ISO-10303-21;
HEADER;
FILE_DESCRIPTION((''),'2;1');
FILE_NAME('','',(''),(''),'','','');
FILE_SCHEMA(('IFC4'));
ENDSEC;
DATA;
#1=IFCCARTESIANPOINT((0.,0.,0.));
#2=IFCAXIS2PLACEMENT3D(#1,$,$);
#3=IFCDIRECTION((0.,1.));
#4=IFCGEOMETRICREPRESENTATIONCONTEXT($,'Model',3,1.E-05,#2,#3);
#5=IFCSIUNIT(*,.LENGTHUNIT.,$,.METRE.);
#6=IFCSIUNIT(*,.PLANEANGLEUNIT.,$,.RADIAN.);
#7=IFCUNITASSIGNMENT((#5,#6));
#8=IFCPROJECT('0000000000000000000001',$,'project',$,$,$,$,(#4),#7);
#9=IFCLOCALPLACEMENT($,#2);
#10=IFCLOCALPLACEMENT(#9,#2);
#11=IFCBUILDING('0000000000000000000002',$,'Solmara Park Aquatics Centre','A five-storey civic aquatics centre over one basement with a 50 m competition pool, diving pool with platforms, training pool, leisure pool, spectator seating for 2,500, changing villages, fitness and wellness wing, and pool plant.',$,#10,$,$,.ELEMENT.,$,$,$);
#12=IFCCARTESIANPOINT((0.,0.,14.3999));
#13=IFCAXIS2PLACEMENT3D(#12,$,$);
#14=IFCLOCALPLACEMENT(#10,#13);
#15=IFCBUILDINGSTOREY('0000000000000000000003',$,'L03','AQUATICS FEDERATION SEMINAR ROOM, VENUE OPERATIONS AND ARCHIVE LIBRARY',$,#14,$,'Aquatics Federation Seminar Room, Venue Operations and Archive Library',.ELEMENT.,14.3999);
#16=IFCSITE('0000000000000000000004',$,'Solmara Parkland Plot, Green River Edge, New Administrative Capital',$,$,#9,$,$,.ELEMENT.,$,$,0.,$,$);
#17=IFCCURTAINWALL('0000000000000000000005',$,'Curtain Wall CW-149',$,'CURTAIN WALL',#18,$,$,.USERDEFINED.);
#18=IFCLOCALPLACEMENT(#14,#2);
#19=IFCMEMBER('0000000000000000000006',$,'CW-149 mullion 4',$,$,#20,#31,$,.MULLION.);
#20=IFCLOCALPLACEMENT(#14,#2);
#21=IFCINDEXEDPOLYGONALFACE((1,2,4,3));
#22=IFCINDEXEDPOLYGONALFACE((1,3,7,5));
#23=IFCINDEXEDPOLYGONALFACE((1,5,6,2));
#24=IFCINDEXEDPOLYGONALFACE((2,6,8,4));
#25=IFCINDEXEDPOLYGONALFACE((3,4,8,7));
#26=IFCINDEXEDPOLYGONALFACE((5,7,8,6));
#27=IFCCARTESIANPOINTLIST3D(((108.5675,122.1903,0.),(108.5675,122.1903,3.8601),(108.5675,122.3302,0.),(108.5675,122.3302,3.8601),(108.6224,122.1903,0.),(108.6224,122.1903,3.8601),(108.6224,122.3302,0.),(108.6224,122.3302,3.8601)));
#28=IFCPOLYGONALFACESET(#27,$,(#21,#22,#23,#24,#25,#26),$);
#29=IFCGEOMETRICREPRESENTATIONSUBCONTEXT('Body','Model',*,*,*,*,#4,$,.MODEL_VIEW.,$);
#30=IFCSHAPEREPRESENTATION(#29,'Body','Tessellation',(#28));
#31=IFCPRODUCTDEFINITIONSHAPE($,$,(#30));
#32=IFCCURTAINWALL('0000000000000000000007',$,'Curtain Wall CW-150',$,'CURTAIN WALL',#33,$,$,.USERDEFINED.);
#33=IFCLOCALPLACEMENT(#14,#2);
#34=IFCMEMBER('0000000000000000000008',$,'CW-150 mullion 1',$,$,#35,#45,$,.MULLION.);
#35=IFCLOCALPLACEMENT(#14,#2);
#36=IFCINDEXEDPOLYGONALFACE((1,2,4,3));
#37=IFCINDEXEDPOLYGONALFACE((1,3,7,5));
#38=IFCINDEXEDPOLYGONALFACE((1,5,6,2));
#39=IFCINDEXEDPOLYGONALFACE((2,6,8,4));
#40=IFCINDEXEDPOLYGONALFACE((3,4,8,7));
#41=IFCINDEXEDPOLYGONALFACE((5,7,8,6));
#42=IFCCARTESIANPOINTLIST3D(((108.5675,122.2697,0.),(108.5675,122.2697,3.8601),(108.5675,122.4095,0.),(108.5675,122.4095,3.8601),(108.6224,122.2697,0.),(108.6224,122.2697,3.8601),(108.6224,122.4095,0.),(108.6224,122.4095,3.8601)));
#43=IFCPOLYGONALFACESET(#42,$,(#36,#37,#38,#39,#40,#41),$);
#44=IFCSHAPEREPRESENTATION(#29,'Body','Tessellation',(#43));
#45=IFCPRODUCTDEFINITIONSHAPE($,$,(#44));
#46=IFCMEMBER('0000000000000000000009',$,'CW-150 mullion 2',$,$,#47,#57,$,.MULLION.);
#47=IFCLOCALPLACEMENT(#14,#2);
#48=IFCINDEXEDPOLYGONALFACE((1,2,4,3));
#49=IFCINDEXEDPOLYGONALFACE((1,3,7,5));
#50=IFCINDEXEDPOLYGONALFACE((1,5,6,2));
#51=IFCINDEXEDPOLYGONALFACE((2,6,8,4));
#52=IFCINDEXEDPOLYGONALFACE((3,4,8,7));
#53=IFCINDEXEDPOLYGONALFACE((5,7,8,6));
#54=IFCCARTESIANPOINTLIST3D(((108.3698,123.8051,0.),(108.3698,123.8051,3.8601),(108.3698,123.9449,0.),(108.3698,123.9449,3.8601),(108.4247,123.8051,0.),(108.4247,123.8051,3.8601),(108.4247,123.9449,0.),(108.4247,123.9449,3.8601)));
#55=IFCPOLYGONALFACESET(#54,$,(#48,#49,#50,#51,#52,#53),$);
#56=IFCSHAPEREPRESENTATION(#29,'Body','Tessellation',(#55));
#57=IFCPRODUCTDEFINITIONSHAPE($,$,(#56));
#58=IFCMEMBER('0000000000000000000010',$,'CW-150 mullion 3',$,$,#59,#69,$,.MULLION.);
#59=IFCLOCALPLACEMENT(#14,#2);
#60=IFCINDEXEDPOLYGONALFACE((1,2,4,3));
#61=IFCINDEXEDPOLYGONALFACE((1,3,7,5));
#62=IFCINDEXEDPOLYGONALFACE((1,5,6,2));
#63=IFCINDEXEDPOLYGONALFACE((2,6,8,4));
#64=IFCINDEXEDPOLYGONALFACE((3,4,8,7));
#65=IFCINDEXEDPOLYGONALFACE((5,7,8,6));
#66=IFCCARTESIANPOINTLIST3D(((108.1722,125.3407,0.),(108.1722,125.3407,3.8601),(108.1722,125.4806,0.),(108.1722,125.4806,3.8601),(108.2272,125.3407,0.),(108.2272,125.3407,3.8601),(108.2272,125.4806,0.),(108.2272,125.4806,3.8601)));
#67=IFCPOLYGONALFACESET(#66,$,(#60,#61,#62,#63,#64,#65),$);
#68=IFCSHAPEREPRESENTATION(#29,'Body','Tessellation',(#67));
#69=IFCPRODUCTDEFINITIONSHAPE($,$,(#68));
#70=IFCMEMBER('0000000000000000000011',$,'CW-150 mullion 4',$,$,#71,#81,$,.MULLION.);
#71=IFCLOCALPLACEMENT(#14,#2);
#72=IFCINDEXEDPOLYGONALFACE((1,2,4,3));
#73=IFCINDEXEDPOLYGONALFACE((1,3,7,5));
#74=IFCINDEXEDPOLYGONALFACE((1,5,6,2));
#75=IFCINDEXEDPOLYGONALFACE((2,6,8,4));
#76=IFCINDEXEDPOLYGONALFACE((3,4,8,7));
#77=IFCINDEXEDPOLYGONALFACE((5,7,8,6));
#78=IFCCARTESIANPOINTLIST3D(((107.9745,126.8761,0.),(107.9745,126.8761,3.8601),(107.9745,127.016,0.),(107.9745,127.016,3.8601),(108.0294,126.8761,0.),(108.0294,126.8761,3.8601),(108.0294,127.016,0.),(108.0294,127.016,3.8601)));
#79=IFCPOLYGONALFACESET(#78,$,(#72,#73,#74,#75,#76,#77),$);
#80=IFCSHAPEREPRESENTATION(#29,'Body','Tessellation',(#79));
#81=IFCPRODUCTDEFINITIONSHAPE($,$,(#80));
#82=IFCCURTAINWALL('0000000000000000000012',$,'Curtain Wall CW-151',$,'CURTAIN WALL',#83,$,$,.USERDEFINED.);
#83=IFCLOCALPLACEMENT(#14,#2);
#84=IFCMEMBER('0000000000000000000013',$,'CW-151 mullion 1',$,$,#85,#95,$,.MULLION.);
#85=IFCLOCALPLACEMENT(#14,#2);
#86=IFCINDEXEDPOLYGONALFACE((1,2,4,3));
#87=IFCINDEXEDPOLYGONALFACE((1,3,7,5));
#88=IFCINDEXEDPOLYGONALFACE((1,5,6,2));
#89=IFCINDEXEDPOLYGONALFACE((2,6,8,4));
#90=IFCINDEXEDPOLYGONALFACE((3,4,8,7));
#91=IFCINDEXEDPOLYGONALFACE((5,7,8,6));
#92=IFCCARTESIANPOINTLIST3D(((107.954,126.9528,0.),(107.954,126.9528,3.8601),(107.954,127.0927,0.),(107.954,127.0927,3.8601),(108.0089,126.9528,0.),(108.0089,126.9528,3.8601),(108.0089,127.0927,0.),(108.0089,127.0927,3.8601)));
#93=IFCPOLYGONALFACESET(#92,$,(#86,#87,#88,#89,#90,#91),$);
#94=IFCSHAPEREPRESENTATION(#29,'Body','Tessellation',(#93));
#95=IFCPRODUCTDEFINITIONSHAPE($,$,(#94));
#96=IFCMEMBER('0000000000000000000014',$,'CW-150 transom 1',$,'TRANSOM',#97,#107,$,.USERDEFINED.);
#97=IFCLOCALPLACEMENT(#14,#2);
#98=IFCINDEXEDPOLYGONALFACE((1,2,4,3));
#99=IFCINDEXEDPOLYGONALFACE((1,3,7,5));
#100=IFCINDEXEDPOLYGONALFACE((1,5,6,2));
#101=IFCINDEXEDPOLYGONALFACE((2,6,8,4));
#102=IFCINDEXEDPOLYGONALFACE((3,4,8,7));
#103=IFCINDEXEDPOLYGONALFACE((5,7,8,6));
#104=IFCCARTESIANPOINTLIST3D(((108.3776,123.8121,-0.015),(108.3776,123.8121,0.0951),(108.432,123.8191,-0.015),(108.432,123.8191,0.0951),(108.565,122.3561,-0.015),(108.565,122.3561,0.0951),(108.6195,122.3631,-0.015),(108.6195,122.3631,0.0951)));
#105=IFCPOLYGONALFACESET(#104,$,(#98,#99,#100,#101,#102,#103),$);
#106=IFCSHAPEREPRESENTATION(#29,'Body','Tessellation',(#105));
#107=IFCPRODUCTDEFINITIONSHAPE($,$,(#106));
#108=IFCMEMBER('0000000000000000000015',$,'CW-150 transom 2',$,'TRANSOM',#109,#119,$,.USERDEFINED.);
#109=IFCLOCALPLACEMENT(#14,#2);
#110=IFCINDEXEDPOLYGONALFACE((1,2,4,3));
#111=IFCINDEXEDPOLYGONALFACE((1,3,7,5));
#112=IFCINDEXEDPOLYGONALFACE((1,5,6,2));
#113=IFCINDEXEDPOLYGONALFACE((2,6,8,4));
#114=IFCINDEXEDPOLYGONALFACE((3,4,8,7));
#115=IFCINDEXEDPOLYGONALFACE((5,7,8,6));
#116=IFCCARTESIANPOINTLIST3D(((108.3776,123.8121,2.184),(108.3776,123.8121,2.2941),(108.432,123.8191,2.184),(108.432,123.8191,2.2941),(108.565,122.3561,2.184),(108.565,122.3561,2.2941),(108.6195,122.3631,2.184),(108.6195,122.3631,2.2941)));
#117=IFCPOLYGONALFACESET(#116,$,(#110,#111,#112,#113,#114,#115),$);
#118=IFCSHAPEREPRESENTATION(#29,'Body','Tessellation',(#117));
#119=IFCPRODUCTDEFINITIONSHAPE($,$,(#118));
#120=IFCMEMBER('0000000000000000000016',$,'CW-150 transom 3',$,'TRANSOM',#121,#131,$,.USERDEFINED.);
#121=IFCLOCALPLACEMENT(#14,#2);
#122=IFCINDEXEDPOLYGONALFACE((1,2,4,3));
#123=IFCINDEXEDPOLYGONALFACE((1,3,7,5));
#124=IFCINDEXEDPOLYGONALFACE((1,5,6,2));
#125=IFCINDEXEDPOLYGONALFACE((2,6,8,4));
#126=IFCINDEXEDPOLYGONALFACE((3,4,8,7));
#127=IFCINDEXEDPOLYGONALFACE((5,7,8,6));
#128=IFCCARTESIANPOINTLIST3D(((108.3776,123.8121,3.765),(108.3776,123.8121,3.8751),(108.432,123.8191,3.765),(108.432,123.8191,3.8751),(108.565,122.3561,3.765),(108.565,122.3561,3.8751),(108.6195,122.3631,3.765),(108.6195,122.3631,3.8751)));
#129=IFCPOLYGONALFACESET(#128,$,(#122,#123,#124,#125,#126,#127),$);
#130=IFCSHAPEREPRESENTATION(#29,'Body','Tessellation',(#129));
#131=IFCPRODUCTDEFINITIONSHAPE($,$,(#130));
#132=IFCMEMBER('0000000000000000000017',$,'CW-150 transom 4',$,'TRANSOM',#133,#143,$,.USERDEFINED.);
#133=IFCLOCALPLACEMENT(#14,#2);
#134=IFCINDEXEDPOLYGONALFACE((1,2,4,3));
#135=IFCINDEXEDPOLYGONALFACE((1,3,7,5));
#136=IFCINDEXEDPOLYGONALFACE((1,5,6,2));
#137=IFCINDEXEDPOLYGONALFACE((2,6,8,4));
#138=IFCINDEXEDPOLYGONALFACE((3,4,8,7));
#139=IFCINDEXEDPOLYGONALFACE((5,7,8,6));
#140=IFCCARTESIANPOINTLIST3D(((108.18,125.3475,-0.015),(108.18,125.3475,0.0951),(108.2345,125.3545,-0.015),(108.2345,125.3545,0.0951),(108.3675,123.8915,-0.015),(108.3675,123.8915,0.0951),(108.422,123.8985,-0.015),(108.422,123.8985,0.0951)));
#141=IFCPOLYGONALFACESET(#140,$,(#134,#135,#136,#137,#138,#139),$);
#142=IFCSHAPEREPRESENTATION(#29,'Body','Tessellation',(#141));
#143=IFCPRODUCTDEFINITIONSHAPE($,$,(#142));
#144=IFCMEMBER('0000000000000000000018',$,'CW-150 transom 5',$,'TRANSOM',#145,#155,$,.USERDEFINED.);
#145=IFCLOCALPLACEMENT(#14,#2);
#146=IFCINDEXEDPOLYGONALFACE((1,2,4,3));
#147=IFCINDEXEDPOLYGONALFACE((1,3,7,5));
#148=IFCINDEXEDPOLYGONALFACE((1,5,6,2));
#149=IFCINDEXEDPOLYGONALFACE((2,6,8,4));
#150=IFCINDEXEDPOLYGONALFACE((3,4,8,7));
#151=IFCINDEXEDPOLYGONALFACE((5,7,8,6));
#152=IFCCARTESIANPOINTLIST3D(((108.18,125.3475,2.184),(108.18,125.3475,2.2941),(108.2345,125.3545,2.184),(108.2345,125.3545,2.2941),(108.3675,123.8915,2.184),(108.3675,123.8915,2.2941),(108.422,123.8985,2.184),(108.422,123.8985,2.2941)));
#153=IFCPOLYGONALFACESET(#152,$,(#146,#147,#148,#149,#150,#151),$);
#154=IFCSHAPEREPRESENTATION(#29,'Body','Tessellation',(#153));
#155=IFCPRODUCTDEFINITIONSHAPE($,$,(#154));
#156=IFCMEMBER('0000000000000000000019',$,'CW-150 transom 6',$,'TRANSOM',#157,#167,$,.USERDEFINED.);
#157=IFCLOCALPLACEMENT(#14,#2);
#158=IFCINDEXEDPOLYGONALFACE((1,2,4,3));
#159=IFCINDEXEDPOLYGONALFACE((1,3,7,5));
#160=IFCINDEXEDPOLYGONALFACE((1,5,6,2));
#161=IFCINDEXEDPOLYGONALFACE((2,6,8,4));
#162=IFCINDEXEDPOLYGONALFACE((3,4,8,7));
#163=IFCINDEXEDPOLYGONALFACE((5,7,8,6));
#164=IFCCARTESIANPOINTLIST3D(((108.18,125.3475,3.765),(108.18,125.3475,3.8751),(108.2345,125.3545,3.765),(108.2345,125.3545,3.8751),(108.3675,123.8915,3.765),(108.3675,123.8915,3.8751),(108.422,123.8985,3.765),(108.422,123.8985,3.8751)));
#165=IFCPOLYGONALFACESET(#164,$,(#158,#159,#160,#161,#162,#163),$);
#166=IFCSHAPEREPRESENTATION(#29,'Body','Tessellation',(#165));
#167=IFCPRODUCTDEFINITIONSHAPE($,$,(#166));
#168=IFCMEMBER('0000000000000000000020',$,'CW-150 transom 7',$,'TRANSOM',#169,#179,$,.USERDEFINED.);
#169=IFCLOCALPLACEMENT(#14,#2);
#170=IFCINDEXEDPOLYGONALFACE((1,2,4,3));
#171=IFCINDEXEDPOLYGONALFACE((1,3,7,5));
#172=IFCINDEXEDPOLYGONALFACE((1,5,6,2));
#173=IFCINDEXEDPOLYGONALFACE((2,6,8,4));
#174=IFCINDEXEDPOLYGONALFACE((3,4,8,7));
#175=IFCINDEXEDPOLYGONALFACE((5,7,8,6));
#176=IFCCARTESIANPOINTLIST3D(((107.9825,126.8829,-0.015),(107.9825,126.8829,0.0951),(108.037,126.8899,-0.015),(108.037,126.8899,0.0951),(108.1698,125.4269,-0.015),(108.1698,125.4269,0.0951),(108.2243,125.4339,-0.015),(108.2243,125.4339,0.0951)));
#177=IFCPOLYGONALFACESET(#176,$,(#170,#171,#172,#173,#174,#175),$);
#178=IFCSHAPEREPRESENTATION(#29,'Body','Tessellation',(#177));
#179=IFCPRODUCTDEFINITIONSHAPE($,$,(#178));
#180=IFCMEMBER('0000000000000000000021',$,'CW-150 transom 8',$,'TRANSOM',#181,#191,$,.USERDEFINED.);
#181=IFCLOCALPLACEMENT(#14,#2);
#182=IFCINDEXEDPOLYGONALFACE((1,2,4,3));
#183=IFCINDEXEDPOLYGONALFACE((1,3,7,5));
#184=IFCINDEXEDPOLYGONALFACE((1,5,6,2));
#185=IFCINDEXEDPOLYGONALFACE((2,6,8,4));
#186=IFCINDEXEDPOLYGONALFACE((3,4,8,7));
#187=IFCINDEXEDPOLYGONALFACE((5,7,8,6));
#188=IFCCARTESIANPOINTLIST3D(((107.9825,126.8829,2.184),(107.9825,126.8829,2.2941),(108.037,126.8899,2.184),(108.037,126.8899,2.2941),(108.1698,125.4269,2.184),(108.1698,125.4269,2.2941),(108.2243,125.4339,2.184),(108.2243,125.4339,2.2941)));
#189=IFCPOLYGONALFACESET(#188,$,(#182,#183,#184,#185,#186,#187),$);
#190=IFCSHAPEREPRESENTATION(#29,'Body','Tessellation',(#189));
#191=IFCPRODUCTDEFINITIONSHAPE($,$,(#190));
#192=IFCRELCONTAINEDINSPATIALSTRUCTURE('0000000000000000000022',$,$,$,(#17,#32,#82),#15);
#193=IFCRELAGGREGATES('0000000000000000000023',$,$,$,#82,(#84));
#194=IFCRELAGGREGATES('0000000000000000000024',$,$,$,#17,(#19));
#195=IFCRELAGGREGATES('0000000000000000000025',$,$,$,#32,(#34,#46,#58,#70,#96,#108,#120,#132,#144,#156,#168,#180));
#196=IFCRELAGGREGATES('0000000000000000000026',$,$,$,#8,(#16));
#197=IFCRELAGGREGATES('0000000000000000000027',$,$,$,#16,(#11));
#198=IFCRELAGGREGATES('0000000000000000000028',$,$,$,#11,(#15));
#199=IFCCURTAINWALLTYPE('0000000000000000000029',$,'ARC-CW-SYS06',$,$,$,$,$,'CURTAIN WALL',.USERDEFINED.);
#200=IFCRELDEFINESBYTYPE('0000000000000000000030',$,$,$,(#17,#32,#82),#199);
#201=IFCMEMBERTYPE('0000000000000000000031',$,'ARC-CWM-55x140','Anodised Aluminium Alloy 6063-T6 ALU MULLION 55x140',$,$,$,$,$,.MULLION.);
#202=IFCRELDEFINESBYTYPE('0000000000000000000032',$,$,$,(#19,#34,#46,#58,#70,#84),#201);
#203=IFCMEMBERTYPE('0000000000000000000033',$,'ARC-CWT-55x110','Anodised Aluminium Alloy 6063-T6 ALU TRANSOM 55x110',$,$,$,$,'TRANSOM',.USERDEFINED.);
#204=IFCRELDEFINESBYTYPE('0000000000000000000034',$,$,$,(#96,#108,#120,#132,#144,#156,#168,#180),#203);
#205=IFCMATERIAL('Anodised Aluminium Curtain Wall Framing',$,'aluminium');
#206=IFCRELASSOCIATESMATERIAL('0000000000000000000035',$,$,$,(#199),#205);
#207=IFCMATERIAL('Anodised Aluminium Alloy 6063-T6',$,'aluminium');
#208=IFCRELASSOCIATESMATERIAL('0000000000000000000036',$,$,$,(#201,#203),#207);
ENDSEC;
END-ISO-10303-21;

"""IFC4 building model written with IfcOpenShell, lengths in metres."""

from ifc_helpers import new_model, si_unit, direction, frame, origin, origin_2d, place, context, subcontext, project, spatial, rectangle, extrude, material, material_profile, profile_set, type_object, element, aggregate, save


model = new_model("IFC4")

# Units and contexts
model_context = context("Model", 3, precision=1e-05, world=origin(), true_north=direction((0.0, 1.0)))
body_context = subcontext(model_context, "Body", "Model", "MODEL_VIEW")
ifc_project = project(units=[si_unit("LENGTHUNIT", "METRE"), si_unit("PLANEANGLEUNIT", "RADIAN")], contexts=[model_context])

# Site, building, storey
site_placement = place(None, origin())
site = spatial("IfcSite", under=ifc_project, at=site_placement, Name="Solmara Parkland Plot, Green River Edge, New Administrative Capital", CompositionType="ELEMENT", RefElevation=0.0)
building_placement = place(site_placement, origin())
building = spatial("IfcBuilding", under=site, at=building_placement, Name="Solmara Park Aquatics Centre", Description="A five-storey civic aquatics centre over one basement with a 50 m competition pool, diving pool with platforms, training pool, leisure pool, spectator seating for 2,500, changing villages, fitness and wellness wing, and pool plant.", CompositionType="ELEMENT")
storey_placement = place(building_placement, frame((0.0, 0.0, 14.3999)))
storey = spatial("IfcBuildingStorey", under=building, at=storey_placement, Name="L03", Description="AQUATICS FEDERATION SEMINAR ROOM, VENUE OPERATIONS AND ARCHIVE LIBRARY", LongName="Aquatics Federation Seminar Room, Venue Operations and Archive Library", CompositionType="ELEMENT", Elevation=14.3999)

# Curtain wall, member
ifc_material_1 = material(Name="Anodised Aluminium Curtain Wall Framing", Category="aluminium")
curtain_wall_type = type_object("IfcCurtainWallType", Name="ARC-CW-SYS06", ElementType="CURTAIN WALL", PredefinedType="USERDEFINED", material=ifc_material_1)
curtain_wall_1_placement = place(storey_placement, origin())
curtain_wall_1 = element("IfcCurtainWall", 1, at=curtain_wall_1_placement, inside=storey, type_object=curtain_wall_type, Name="Curtain Wall CW-149", ObjectType="CURTAIN WALL", PredefinedType="USERDEFINED")
ifc_material_2 = material(Name="Anodised Aluminium Alloy 6063-T6", Category="aluminium")
ifc_material_profile_1 = material_profile(ifc_material_2, rectangle(XDim=0.0549, YDim=0.1399, at=origin_2d()), Name="ALU MULLION 55x140")
ifc_profile_set_1 = profile_set([ifc_material_profile_1], Name="Anodised Aluminium Alloy 6063-T6")
member_type_1 = type_object("IfcMemberType", Name="ARC-CWM-55x140", Description="Anodised Aluminium Alloy 6063-T6 ALU MULLION 55x140", PredefinedType="MULLION", material=ifc_profile_set_1)
member_1_placement = place(storey_placement, frame((108.595, 122.2603, 0.0), z_axis=(0.0, 0.0, 1.0), x_axis=(1.0, 0.0, 0.0)))
member_1 = element("IfcMember", 2, at=member_1_placement, type_object=member_type_1, Name="CW-149 mullion 4", PredefinedType="MULLION", context=body_context, shape_type="SweptSolid", body=[
    extrude(rectangle(XDim=0.0549, YDim=0.1399, at=origin_2d()), origin(), (0.0, 0.0, 1.0), 3.8601),
])

# Curtain wall, members
curtain_wall_2_placement = place(storey_placement, origin())
curtain_wall_2 = element("IfcCurtainWall", 3, at=curtain_wall_2_placement, inside=storey, type_object=curtain_wall_type, Name="Curtain Wall CW-150", ObjectType="CURTAIN WALL", PredefinedType="USERDEFINED")
member_2_placement = place(storey_placement, frame((108.595, 122.3396, 0.0), z_axis=(0.0, 0.0, 1.0), x_axis=(1.0, 0.0, 0.0)))
member_2 = element("IfcMember", 4, at=member_2_placement, type_object=member_type_1, Name="CW-150 mullion 1", PredefinedType="MULLION", context=body_context, shape_type="SweptSolid", body=[
    extrude(rectangle(XDim=0.0549, YDim=0.1399, at=origin_2d()), origin(), (0.0, 0.0, 1.0), 3.8601),
])
member_3_placement = place(storey_placement, frame((108.3972, 123.875, 0.0), z_axis=(0.0, 0.0, 1.0), x_axis=(1.0, 0.0, 0.0)))
member_3 = element("IfcMember", 5, at=member_3_placement, type_object=member_type_1, Name="CW-150 mullion 2", PredefinedType="MULLION", context=body_context, shape_type="SweptSolid", body=[
    extrude(rectangle(XDim=0.0549, YDim=0.1399, at=origin_2d()), origin(), (0.0, 0.0, 1.0), 3.8601),
])
member_4_placement = place(storey_placement, frame((108.1997, 125.4106, 0.0), z_axis=(0.0, 0.0, 1.0), x_axis=(1.0, 0.0, 0.0)))
member_4 = element("IfcMember", 6, at=member_4_placement, type_object=member_type_1, Name="CW-150 mullion 3", PredefinedType="MULLION", context=body_context, shape_type="SweptSolid", body=[
    extrude(rectangle(XDim=0.0549, YDim=0.1399, at=origin_2d()), origin(), (0.0, 0.0, 1.0), 3.8601),
])
member_5_placement = place(storey_placement, frame((108.002, 126.946, 0.0), z_axis=(0.0, 0.0, 1.0), x_axis=(1.0, 0.0, 0.0)))
member_5 = element("IfcMember", 7, at=member_5_placement, type_object=member_type_1, Name="CW-150 mullion 4", PredefinedType="MULLION", context=body_context, shape_type="SweptSolid", body=[
    extrude(rectangle(XDim=0.0549, YDim=0.1399, at=origin_2d()), origin(), (0.0, 0.0, 1.0), 3.8601),
])

# Curtain wall, member
curtain_wall_3_placement = place(storey_placement, origin())
curtain_wall_3 = element("IfcCurtainWall", 8, at=curtain_wall_3_placement, inside=storey, type_object=curtain_wall_type, Name="Curtain Wall CW-151", ObjectType="CURTAIN WALL", PredefinedType="USERDEFINED")
member_6_placement = place(storey_placement, frame((107.9814, 127.0227, 0.0), z_axis=(0.0, 0.0, 1.0), x_axis=(1.0, 0.0, 0.0)))
member_6 = element("IfcMember", 9, at=member_6_placement, type_object=member_type_1, Name="CW-151 mullion 1", PredefinedType="MULLION", context=body_context, shape_type="SweptSolid", body=[
    extrude(rectangle(XDim=0.0549, YDim=0.1399, at=origin_2d()), origin(), (0.0, 0.0, 1.0), 3.8601),
])
aggregate(curtain_wall_3, [member_6])

# Members
ifc_material_profile_2 = material_profile(ifc_material_2, rectangle(XDim=0.0549, YDim=0.1101, at=origin_2d()), Name="ALU TRANSOM 55x110")
ifc_profile_set_2 = profile_set([ifc_material_profile_2], Name="Anodised Aluminium Alloy 6063-T6")
member_type_2 = type_object("IfcMemberType", Name="ARC-CWT-55x110", Description="Anodised Aluminium Alloy 6063-T6 ALU TRANSOM 55x110", ElementType="TRANSOM", PredefinedType="USERDEFINED", material=ifc_profile_set_2)
member_7_placement = place(storey_placement, frame((108.5923, 122.3596, 0.04), z_axis=(-0.127718, 0.991811, 0.0), x_axis=(-0.991811, -0.127718, 0.0)))
member_7 = element("IfcMember", 10, at=member_7_placement, type_object=member_type_2, Name="CW-150 transom 1", ObjectType="TRANSOM", PredefinedType="USERDEFINED", context=body_context, shape_type="SweptSolid", body=[
    extrude(rectangle(XDim=0.0549, YDim=0.1101, at=origin_2d()), origin(), (0.0, 0.0, 1.0), 1.468),
])
member_8_placement = place(storey_placement, frame((108.5923, 122.3596, 2.239), z_axis=(-0.127718, 0.991811, 0.0), x_axis=(-0.991811, -0.127718, 0.0)))
member_8 = element("IfcMember", 11, at=member_8_placement, type_object=member_type_2, Name="CW-150 transom 2", ObjectType="TRANSOM", PredefinedType="USERDEFINED", context=body_context, shape_type="SweptSolid", body=[
    extrude(rectangle(XDim=0.0549, YDim=0.1101, at=origin_2d()), origin(), (0.0, 0.0, 1.0), 1.468),
])
member_9_placement = place(storey_placement, frame((108.5923, 122.3596, 3.8201), z_axis=(-0.127718, 0.991811, 0.0), x_axis=(-0.991811, -0.127718, 0.0)))
member_9 = element("IfcMember", 12, at=member_9_placement, type_object=member_type_2, Name="CW-150 transom 3", ObjectType="TRANSOM", PredefinedType="USERDEFINED", context=body_context, shape_type="SweptSolid", body=[
    extrude(rectangle(XDim=0.0549, YDim=0.1101, at=origin_2d()), origin(), (0.0, 0.0, 1.0), 1.468),
])
member_10_placement = place(storey_placement, frame((108.3948, 123.895, 0.04), z_axis=(-0.127718, 0.991811, 0.0), x_axis=(-0.991811, -0.127718, 0.0)))
member_10 = element("IfcMember", 13, at=member_10_placement, type_object=member_type_2, Name="CW-150 transom 4", ObjectType="TRANSOM", PredefinedType="USERDEFINED", context=body_context, shape_type="SweptSolid", body=[
    extrude(rectangle(XDim=0.0549, YDim=0.1101, at=origin_2d()), origin(), (0.0, 0.0, 1.0), 1.468),
])
member_11_placement = place(storey_placement, frame((108.3948, 123.895, 2.239), z_axis=(-0.127718, 0.991811, 0.0), x_axis=(-0.991811, -0.127718, 0.0)))
member_11 = element("IfcMember", 14, at=member_11_placement, type_object=member_type_2, Name="CW-150 transom 5", ObjectType="TRANSOM", PredefinedType="USERDEFINED", context=body_context, shape_type="SweptSolid", body=[
    extrude(rectangle(XDim=0.0549, YDim=0.1101, at=origin_2d()), origin(), (0.0, 0.0, 1.0), 1.468),
])
member_12_placement = place(storey_placement, frame((108.3948, 123.895, 3.8201), z_axis=(-0.127718, 0.991811, 0.0), x_axis=(-0.991811, -0.127718, 0.0)))
member_12 = element("IfcMember", 15, at=member_12_placement, type_object=member_type_2, Name="CW-150 transom 6", ObjectType="TRANSOM", PredefinedType="USERDEFINED", context=body_context, shape_type="SweptSolid", body=[
    extrude(rectangle(XDim=0.0549, YDim=0.1101, at=origin_2d()), origin(), (0.0, 0.0, 1.0), 1.468),
])
member_13_placement = place(storey_placement, frame((108.197, 125.4304, 0.04), z_axis=(-0.127554, 0.991832, 0.0), x_axis=(-0.991832, -0.127554, 0.0)))
member_13 = element("IfcMember", 16, at=member_13_placement, type_object=member_type_2, Name="CW-150 transom 7", ObjectType="TRANSOM", PredefinedType="USERDEFINED", context=body_context, shape_type="SweptSolid", body=[
    extrude(rectangle(XDim=0.0549, YDim=0.1101, at=origin_2d()), origin(), (0.0, 0.0, 1.0), 1.468),
])
member_14_placement = place(storey_placement, frame((108.197, 125.4304, 2.239), z_axis=(-0.127554, 0.991832, 0.0), x_axis=(-0.991832, -0.127554, 0.0)))
member_14 = element("IfcMember", 17, at=member_14_placement, type_object=member_type_2, Name="CW-150 transom 8", ObjectType="TRANSOM", PredefinedType="USERDEFINED", context=body_context, shape_type="SweptSolid", body=[
    extrude(rectangle(XDim=0.0549, YDim=0.1101, at=origin_2d()), origin(), (0.0, 0.0, 1.0), 1.468),
])

aggregate(curtain_wall_1, [member_1])
aggregate(curtain_wall_2, [member_2, member_3, member_4, member_5, member_7, member_8, member_9, member_10, member_11, member_12, member_13, member_14])

save(model, "model.ifc")
